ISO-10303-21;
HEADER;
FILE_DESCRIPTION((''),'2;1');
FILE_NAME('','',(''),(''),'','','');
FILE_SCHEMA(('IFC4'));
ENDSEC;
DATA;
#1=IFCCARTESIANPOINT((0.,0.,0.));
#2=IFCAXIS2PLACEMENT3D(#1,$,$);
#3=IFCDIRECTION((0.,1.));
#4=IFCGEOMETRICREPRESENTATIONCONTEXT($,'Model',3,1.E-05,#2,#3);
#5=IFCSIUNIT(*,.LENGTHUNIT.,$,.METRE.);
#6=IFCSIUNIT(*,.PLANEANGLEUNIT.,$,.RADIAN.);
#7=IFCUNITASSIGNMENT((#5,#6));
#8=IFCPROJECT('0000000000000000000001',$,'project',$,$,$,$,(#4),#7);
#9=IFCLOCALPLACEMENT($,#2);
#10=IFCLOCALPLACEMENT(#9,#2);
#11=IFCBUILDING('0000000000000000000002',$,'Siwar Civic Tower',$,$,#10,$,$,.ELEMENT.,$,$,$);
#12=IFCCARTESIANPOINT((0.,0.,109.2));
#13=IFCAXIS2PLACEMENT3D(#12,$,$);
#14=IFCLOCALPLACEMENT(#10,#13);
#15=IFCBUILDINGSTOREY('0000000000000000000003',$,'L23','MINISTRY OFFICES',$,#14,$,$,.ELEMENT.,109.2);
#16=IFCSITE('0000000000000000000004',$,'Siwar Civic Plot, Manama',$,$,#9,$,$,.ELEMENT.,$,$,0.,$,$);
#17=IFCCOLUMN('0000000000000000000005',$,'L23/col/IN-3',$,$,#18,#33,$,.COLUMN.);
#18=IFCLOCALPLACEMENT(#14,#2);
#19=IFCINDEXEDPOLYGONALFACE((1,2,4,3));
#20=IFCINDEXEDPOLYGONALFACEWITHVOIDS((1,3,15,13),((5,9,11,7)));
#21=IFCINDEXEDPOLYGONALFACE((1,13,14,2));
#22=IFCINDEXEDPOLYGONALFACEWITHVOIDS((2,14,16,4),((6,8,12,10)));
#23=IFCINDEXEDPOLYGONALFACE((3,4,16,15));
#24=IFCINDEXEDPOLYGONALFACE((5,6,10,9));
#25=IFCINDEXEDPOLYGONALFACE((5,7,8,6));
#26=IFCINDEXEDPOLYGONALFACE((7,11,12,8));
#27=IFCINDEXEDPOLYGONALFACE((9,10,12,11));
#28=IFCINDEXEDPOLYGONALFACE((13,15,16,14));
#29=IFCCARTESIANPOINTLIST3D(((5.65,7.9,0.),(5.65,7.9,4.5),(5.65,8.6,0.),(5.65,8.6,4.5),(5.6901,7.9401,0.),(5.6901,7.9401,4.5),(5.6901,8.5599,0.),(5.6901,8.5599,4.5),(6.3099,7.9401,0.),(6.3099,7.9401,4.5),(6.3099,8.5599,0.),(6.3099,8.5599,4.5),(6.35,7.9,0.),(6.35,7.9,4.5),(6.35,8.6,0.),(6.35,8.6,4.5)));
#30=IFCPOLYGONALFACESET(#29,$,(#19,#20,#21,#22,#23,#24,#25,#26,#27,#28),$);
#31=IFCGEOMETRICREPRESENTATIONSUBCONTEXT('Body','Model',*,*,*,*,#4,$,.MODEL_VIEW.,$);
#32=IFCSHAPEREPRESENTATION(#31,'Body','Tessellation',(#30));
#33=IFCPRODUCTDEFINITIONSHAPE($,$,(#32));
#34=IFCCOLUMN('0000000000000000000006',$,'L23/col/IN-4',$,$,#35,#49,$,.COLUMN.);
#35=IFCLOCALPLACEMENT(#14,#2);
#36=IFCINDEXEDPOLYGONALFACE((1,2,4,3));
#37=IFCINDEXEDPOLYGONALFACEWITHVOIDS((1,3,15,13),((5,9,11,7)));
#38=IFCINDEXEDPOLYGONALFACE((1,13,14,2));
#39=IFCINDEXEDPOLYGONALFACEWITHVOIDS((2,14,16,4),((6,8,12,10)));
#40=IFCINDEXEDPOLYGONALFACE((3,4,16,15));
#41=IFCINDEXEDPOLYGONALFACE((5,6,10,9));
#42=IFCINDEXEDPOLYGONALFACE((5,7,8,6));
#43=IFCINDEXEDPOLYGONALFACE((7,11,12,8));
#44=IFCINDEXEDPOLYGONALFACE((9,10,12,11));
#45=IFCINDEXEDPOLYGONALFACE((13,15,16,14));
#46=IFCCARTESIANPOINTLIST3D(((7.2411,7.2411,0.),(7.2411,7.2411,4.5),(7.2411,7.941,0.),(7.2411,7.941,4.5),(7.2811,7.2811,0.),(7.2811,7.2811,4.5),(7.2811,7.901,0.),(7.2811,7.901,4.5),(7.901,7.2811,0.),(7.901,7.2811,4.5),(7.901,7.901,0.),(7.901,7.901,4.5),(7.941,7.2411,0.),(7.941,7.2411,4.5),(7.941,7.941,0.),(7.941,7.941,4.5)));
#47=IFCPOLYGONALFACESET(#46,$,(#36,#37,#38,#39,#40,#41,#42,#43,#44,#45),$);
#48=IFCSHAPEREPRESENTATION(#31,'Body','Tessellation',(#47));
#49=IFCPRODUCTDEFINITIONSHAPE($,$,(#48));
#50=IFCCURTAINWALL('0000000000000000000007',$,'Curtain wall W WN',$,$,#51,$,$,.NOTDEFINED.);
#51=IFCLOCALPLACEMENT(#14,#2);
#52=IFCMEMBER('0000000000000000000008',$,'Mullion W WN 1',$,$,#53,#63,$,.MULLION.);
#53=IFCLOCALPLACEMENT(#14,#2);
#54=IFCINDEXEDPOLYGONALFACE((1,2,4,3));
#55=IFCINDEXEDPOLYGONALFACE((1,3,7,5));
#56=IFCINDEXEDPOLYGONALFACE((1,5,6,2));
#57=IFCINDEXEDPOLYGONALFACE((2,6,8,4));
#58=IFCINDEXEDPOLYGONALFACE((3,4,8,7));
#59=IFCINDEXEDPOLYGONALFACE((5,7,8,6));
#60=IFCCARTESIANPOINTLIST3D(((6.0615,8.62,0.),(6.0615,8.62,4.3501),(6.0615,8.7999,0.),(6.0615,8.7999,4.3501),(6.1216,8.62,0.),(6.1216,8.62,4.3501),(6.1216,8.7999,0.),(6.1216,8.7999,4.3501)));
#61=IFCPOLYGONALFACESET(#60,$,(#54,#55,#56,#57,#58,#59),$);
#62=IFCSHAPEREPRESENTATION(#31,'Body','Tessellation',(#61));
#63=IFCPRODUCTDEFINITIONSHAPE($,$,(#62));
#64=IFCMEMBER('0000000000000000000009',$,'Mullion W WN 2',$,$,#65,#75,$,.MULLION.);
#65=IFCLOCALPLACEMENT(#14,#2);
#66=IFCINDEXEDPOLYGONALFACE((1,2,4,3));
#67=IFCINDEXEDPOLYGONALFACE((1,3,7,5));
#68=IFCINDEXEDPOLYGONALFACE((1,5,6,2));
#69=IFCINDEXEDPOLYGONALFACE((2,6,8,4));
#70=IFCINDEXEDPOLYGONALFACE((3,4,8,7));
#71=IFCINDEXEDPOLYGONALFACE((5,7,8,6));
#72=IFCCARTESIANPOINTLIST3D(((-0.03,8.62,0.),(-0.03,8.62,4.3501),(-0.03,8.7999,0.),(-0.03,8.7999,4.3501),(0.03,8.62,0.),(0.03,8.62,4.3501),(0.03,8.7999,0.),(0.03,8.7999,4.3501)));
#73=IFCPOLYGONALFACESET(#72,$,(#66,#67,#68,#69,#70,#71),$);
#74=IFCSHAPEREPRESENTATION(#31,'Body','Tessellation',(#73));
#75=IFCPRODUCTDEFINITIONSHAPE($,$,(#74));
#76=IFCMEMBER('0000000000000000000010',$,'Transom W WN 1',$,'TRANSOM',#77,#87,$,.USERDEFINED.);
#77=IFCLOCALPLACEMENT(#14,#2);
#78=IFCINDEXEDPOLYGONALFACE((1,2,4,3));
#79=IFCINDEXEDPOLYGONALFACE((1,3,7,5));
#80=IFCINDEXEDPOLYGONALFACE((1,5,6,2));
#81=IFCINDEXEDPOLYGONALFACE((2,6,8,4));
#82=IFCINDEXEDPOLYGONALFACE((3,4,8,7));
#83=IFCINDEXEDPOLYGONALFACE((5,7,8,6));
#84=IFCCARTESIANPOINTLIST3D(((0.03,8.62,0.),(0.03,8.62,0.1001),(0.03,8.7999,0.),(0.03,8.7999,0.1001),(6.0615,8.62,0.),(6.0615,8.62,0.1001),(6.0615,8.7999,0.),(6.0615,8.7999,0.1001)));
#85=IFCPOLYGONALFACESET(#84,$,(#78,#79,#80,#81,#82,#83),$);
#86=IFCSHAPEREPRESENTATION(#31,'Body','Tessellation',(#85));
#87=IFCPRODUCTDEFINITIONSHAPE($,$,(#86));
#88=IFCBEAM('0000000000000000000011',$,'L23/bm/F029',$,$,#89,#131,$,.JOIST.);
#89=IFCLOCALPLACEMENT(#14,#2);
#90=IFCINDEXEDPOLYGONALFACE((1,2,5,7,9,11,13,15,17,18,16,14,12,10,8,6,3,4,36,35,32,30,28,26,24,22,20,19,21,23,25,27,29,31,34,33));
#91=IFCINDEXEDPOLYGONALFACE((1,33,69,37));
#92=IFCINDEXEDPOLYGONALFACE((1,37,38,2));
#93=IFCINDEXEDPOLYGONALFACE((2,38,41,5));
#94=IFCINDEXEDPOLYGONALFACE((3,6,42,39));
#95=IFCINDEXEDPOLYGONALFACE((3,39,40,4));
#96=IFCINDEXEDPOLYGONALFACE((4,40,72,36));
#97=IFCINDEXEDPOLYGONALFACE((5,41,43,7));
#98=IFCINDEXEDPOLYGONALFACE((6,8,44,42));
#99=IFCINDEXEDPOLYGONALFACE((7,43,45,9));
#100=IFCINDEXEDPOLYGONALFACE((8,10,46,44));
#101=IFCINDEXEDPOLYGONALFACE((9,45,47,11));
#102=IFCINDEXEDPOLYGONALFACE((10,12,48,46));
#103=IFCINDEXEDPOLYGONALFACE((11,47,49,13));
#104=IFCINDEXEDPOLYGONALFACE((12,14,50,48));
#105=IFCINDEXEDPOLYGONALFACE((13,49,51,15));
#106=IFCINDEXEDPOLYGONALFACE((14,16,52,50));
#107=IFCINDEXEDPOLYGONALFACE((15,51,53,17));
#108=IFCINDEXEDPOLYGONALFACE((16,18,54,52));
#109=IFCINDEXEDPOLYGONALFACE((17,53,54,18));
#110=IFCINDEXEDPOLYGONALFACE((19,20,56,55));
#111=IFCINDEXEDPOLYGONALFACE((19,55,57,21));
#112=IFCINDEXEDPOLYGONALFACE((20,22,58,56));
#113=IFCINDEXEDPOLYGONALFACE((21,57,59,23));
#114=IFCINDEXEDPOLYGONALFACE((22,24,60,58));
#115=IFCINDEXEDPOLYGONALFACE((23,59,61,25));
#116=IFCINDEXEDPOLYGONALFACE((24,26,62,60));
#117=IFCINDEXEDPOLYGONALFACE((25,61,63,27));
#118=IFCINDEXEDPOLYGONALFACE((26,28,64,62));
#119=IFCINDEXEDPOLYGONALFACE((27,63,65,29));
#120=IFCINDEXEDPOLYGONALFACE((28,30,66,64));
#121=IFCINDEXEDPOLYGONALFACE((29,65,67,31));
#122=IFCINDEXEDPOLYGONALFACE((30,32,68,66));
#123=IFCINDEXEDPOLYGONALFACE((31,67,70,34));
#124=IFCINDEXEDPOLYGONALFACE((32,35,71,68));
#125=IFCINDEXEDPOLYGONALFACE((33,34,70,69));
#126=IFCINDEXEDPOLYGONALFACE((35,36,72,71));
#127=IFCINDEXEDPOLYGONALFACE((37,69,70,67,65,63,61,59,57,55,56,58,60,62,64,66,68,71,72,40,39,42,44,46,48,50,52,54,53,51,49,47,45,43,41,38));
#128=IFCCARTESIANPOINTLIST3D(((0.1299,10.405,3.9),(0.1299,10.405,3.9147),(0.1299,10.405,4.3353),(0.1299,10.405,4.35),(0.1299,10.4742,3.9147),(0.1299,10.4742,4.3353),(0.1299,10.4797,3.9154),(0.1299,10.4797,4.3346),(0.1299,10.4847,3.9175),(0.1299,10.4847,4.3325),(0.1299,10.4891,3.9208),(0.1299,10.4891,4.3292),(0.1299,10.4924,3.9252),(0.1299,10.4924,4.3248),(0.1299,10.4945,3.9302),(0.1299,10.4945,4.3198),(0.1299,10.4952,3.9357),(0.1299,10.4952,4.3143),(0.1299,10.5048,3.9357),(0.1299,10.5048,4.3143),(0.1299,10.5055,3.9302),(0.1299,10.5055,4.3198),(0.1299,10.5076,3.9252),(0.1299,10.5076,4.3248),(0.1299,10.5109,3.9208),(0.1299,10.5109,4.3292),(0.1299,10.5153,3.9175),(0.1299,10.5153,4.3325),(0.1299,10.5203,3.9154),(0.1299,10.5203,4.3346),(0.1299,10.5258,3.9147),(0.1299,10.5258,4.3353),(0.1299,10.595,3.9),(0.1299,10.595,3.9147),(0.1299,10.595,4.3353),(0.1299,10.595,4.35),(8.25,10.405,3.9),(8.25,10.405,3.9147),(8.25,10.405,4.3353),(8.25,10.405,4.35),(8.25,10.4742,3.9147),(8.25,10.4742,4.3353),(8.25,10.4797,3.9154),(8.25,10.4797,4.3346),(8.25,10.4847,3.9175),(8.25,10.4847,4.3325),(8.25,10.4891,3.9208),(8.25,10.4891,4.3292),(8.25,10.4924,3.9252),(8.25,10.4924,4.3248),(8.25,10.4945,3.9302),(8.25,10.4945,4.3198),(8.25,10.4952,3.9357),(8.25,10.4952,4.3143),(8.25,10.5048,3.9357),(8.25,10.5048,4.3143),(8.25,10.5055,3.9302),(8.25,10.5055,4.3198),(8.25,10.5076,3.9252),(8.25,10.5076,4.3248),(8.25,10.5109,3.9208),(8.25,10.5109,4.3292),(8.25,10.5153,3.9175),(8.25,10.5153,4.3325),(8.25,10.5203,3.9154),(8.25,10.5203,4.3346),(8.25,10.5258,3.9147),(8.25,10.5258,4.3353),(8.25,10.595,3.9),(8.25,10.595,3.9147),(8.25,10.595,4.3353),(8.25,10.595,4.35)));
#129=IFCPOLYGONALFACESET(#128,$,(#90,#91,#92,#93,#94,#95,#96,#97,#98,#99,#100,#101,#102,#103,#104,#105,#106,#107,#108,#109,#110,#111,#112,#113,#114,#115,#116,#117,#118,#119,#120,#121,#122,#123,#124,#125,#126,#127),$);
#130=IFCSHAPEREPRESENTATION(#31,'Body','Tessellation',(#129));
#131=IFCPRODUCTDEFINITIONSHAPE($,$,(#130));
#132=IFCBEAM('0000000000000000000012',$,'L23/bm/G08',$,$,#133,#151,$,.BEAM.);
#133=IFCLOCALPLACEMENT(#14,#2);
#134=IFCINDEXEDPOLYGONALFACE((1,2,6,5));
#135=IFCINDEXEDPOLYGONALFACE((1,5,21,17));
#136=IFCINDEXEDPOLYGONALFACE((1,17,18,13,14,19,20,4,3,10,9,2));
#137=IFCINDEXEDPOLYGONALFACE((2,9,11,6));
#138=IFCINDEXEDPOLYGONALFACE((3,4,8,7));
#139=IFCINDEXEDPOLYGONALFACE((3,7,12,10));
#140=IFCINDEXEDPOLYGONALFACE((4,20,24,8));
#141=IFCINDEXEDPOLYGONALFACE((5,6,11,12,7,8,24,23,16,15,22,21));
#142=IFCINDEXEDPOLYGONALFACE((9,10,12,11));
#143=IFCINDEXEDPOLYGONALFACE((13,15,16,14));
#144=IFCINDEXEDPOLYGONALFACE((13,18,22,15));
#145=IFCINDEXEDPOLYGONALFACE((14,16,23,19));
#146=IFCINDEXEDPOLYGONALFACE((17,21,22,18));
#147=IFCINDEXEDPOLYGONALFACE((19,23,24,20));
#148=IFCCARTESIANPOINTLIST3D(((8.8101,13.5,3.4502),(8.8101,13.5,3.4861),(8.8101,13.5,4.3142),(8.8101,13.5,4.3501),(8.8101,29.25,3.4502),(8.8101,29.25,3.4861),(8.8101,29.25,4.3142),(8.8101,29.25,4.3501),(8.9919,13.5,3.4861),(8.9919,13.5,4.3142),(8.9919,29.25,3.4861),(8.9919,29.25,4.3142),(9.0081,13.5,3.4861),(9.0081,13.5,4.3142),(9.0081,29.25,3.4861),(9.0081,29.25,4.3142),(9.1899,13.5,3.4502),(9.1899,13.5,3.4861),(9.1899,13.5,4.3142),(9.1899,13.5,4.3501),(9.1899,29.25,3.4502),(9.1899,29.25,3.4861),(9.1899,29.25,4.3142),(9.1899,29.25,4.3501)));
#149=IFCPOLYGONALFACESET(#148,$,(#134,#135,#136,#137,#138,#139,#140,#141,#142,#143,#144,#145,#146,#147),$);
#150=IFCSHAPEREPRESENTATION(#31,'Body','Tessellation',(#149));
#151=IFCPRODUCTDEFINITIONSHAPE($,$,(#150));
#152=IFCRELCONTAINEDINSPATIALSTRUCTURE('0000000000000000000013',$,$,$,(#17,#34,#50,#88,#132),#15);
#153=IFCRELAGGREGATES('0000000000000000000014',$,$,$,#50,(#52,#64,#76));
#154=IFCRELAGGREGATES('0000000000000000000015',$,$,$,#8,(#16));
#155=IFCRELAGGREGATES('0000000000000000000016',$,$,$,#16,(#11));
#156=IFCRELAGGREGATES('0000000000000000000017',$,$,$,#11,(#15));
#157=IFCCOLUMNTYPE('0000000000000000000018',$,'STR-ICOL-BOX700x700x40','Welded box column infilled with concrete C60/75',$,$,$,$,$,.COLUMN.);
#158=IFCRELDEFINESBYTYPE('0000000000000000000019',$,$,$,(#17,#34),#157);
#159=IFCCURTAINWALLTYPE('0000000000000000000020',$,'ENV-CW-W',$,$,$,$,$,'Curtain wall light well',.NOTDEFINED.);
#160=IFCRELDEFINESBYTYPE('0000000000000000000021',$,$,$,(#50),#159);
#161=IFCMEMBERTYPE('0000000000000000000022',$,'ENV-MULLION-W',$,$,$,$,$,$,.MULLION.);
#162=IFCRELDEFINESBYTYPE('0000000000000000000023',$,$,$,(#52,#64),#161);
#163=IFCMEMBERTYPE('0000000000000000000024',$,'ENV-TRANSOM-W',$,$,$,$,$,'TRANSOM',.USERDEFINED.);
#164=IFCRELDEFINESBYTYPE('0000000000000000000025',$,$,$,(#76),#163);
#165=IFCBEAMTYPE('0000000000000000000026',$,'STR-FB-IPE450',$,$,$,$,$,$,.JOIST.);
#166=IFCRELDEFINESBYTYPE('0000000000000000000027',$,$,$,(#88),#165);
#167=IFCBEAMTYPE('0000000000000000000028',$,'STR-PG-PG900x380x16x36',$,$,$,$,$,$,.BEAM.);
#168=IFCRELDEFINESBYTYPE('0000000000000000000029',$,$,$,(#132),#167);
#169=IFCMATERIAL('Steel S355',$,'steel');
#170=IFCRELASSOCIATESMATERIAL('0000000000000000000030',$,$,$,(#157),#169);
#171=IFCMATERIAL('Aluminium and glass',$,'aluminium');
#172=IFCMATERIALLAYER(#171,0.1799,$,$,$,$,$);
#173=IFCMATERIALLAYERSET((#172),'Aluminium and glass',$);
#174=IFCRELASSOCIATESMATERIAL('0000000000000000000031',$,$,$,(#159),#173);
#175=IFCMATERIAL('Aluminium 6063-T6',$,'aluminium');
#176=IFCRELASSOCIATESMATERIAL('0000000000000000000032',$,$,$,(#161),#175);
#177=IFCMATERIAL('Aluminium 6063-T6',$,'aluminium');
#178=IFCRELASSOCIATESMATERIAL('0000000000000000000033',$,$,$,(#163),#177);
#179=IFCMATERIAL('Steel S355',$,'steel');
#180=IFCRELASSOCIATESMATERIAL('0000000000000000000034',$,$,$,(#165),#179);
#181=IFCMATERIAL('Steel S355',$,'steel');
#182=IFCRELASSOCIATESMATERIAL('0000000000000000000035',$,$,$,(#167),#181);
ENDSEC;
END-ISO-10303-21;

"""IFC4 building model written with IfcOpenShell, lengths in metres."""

from ifc_helpers import new_model, si_unit, direction, frame, origin, origin_2d, place, context, subcontext, project, spatial, rectangle, hollow_rectangle, i_section, extrude, material, layer, layer_set, material_profile, profile_set, type_object, element, aggregate, save


model = new_model("IFC4")

# Units and contexts
model_context = context("Model", 3, precision=1e-05, world=origin(), true_north=direction((0.0, 1.0)))
body_context = subcontext(model_context, "Body", "Model", "MODEL_VIEW")
ifc_project = project(units=[si_unit("LENGTHUNIT", "METRE"), si_unit("PLANEANGLEUNIT", "RADIAN")], contexts=[model_context])

# Site, building, storey
site_placement = place(None, origin())
site = spatial("IfcSite", under=ifc_project, at=site_placement, Name="Siwar Civic Plot, Manama", CompositionType="ELEMENT", RefElevation=0.0)
building_placement = place(site_placement, origin())
building = spatial("IfcBuilding", under=site, at=building_placement, Name="Siwar Civic Tower", CompositionType="ELEMENT")
storey_placement = place(building_placement, frame((0.0, 0.0, 109.2)))
storey = spatial("IfcBuildingStorey", under=building, at=storey_placement, Name="L23", Description="MINISTRY OFFICES", CompositionType="ELEMENT", Elevation=109.2)

# Columns
ifc_material_1 = material(Name="Steel S355", Category="steel")
ifc_material_profile_1 = material_profile(ifc_material_1, hollow_rectangle(XDim=0.7, YDim=0.7, WallThickness=0.04, at=origin_2d()), Name="BOX700x700x40")
ifc_profile_set_1 = profile_set([ifc_material_profile_1], Name="Steel S355")
column_type = type_object("IfcColumnType", Name="STR-ICOL-BOX700x700x40", Description="Welded box column infilled with concrete C60/75", PredefinedType="COLUMN", material=ifc_profile_set_1)
for number, where, z_axis, x_axis, name in (
    (1, (6.0, 8.25, 0.0), (0.0, 0.0, 1.0), (1.0, 0.0, 0.0), "L23/col/IN-3"),
    (2, (7.5911, 7.5911, 0.0), (0.0, 0.0, 1.0), (1.0, 0.0, 0.0), "L23/col/IN-4"),
):
    element("IfcColumn", number, at=place(storey_placement, frame(where, z_axis=z_axis, x_axis=x_axis)), inside=storey, type_object=column_type, Name=name, PredefinedType="COLUMN", context=body_context, shape_type="SweptSolid", body=[
        extrude(hollow_rectangle(XDim=0.7, YDim=0.7, WallThickness=0.04, at=origin_2d()), origin(), (0.0, 0.0, 1.0), 4.5),
    ])

# Curtain wall, members
ifc_material_2 = material(Name="Aluminium and glass", Category="aluminium")
ifc_layer_1 = layer(ifc_material_2, 0.1799)
ifc_layer_set_1 = layer_set([ifc_layer_1], Name="Aluminium and glass")
curtain_wall_type = type_object("IfcCurtainWallType", Name="ENV-CW-W", ElementType="Curtain wall light well", PredefinedType="NOTDEFINED", material=ifc_layer_set_1)
curtain_wall_placement = place(storey_placement, origin())
curtain_wall = element("IfcCurtainWall", 3, at=curtain_wall_placement, inside=storey, type_object=curtain_wall_type, Name="Curtain wall W WN", PredefinedType="NOTDEFINED")
ifc_material_3 = material(Name="Aluminium 6063-T6", Category="aluminium")
ifc_material_profile_2 = material_profile(ifc_material_3, rectangle(XDim=0.1799, YDim=0.0601, at=origin_2d()), Name="AL 180x60")
ifc_profile_set_2 = profile_set([ifc_material_profile_2], Name="Aluminium 6063-T6")
member_type_1 = type_object("IfcMemberType", Name="ENV-MULLION-W", PredefinedType="MULLION", material=ifc_profile_set_2)
member_1_placement = place(storey_placement, frame((6.0916, 8.71, 0.0), z_axis=(0.0, 0.0, 1.0), x_axis=(0.0, -1.0, 0.0)))
member_1 = element("IfcMember", 4, at=member_1_placement, type_object=member_type_1, Name="Mullion W WN 1", PredefinedType="MULLION", context=body_context, shape_type="SweptSolid", body=[
    extrude(rectangle(XDim=0.1799, YDim=0.0601, at=origin_2d()), origin(), (0.0, 0.0, 1.0), 4.3501),
])
member_2_placement = place(storey_placement, frame((0.0, 8.71, 0.0), z_axis=(0.0, 0.0, 1.0), x_axis=(0.0, -1.0, 0.0)))
member_2 = element("IfcMember", 5, at=member_2_placement, type_object=member_type_1, Name="Mullion W WN 2", PredefinedType="MULLION", context=body_context, shape_type="SweptSolid", body=[
    extrude(rectangle(XDim=0.1799, YDim=0.0601, at=origin_2d()), origin(), (0.0, 0.0, 1.0), 4.3501),
])
ifc_material_4 = material(Name="Aluminium 6063-T6", Category="aluminium")
ifc_material_profile_3 = material_profile(ifc_material_4, rectangle(XDim=0.1799, YDim=0.1001, at=origin_2d()), Name="AL 180x100")
ifc_profile_set_3 = profile_set([ifc_material_profile_3], Name="Aluminium 6063-T6")
member_type_2 = type_object("IfcMemberType", Name="ENV-TRANSOM-W", ElementType="TRANSOM", PredefinedType="USERDEFINED", material=ifc_profile_set_3)
member_3_placement = place(storey_placement, frame((6.0615, 8.71, 0.05), z_axis=(-1.0, 0.0, 0.0), x_axis=(0.0, -1.0, 0.0)))
member_3 = element("IfcMember", 6, at=member_3_placement, type_object=member_type_2, Name="Transom W WN 1", ObjectType="TRANSOM", PredefinedType="USERDEFINED", context=body_context, shape_type="SweptSolid", body=[
    extrude(rectangle(XDim=0.1799, YDim=0.1001, at=origin_2d()), origin(), (0.0, 0.0, 1.0), 6.0315),
])

# Beams
ifc_material_5 = material(Name="Steel S355", Category="steel")
ifc_material_profile_4 = material_profile(ifc_material_5, i_section(OverallWidth=0.1899, OverallDepth=0.45, WebThickness=0.0095, FlangeThickness=0.0146, FilletRadius=0.021, at=origin_2d()), Name="IPE450")
ifc_profile_set_4 = profile_set([ifc_material_profile_4], Name="Steel S355")
beam_type_1 = type_object("IfcBeamType", Name="STR-FB-IPE450", PredefinedType="JOIST", material=ifc_profile_set_4)
beam_1_placement = place(storey_placement, frame((0.1299, 10.5, 4.125), z_axis=(1.0, 0.0, 0.0), x_axis=(0.0, 1.0, 0.0)))
element("IfcBeam", 7, at=beam_1_placement, inside=storey, type_object=beam_type_1, Name="L23/bm/F029", PredefinedType="JOIST", context=body_context, shape_type="SweptSolid", body=[
    extrude(i_section(OverallWidth=0.1899, OverallDepth=0.45, WebThickness=0.0095, FlangeThickness=0.0146, FilletRadius=0.021, at=origin_2d()), origin(), (0.0, 0.0, 1.0), 8.1201),
])
ifc_material_6 = material(Name="Steel S355", Category="steel")
ifc_material_profile_5 = material_profile(ifc_material_6, i_section(OverallWidth=0.3799, OverallDepth=0.8999, WebThickness=0.0161, FlangeThickness=0.0359, at=origin_2d()), Name="PG900x380x16x36")
ifc_profile_set_5 = profile_set([ifc_material_profile_5], Name="Steel S355")
beam_type_2 = type_object("IfcBeamType", Name="STR-PG-PG900x380x16x36", PredefinedType="BEAM", material=ifc_profile_set_5)
beam_2_placement = place(storey_placement, frame((9.0, 13.5, 3.9001), z_axis=(0.0, 1.0, 0.0), x_axis=(-1.0, 0.0, 0.0)))
element("IfcBeam", 8, at=beam_2_placement, inside=storey, type_object=beam_type_2, Name="L23/bm/G08", PredefinedType="BEAM", context=body_context, shape_type="SweptSolid", body=[
    extrude(i_section(OverallWidth=0.3799, OverallDepth=0.8999, WebThickness=0.0161, FlangeThickness=0.0359, at=origin_2d()), origin(), (0.0, 0.0, 1.0), 15.75),
])

aggregate(curtain_wall, [member_1, member_2, member_3])

save(model, "model.ifc")
